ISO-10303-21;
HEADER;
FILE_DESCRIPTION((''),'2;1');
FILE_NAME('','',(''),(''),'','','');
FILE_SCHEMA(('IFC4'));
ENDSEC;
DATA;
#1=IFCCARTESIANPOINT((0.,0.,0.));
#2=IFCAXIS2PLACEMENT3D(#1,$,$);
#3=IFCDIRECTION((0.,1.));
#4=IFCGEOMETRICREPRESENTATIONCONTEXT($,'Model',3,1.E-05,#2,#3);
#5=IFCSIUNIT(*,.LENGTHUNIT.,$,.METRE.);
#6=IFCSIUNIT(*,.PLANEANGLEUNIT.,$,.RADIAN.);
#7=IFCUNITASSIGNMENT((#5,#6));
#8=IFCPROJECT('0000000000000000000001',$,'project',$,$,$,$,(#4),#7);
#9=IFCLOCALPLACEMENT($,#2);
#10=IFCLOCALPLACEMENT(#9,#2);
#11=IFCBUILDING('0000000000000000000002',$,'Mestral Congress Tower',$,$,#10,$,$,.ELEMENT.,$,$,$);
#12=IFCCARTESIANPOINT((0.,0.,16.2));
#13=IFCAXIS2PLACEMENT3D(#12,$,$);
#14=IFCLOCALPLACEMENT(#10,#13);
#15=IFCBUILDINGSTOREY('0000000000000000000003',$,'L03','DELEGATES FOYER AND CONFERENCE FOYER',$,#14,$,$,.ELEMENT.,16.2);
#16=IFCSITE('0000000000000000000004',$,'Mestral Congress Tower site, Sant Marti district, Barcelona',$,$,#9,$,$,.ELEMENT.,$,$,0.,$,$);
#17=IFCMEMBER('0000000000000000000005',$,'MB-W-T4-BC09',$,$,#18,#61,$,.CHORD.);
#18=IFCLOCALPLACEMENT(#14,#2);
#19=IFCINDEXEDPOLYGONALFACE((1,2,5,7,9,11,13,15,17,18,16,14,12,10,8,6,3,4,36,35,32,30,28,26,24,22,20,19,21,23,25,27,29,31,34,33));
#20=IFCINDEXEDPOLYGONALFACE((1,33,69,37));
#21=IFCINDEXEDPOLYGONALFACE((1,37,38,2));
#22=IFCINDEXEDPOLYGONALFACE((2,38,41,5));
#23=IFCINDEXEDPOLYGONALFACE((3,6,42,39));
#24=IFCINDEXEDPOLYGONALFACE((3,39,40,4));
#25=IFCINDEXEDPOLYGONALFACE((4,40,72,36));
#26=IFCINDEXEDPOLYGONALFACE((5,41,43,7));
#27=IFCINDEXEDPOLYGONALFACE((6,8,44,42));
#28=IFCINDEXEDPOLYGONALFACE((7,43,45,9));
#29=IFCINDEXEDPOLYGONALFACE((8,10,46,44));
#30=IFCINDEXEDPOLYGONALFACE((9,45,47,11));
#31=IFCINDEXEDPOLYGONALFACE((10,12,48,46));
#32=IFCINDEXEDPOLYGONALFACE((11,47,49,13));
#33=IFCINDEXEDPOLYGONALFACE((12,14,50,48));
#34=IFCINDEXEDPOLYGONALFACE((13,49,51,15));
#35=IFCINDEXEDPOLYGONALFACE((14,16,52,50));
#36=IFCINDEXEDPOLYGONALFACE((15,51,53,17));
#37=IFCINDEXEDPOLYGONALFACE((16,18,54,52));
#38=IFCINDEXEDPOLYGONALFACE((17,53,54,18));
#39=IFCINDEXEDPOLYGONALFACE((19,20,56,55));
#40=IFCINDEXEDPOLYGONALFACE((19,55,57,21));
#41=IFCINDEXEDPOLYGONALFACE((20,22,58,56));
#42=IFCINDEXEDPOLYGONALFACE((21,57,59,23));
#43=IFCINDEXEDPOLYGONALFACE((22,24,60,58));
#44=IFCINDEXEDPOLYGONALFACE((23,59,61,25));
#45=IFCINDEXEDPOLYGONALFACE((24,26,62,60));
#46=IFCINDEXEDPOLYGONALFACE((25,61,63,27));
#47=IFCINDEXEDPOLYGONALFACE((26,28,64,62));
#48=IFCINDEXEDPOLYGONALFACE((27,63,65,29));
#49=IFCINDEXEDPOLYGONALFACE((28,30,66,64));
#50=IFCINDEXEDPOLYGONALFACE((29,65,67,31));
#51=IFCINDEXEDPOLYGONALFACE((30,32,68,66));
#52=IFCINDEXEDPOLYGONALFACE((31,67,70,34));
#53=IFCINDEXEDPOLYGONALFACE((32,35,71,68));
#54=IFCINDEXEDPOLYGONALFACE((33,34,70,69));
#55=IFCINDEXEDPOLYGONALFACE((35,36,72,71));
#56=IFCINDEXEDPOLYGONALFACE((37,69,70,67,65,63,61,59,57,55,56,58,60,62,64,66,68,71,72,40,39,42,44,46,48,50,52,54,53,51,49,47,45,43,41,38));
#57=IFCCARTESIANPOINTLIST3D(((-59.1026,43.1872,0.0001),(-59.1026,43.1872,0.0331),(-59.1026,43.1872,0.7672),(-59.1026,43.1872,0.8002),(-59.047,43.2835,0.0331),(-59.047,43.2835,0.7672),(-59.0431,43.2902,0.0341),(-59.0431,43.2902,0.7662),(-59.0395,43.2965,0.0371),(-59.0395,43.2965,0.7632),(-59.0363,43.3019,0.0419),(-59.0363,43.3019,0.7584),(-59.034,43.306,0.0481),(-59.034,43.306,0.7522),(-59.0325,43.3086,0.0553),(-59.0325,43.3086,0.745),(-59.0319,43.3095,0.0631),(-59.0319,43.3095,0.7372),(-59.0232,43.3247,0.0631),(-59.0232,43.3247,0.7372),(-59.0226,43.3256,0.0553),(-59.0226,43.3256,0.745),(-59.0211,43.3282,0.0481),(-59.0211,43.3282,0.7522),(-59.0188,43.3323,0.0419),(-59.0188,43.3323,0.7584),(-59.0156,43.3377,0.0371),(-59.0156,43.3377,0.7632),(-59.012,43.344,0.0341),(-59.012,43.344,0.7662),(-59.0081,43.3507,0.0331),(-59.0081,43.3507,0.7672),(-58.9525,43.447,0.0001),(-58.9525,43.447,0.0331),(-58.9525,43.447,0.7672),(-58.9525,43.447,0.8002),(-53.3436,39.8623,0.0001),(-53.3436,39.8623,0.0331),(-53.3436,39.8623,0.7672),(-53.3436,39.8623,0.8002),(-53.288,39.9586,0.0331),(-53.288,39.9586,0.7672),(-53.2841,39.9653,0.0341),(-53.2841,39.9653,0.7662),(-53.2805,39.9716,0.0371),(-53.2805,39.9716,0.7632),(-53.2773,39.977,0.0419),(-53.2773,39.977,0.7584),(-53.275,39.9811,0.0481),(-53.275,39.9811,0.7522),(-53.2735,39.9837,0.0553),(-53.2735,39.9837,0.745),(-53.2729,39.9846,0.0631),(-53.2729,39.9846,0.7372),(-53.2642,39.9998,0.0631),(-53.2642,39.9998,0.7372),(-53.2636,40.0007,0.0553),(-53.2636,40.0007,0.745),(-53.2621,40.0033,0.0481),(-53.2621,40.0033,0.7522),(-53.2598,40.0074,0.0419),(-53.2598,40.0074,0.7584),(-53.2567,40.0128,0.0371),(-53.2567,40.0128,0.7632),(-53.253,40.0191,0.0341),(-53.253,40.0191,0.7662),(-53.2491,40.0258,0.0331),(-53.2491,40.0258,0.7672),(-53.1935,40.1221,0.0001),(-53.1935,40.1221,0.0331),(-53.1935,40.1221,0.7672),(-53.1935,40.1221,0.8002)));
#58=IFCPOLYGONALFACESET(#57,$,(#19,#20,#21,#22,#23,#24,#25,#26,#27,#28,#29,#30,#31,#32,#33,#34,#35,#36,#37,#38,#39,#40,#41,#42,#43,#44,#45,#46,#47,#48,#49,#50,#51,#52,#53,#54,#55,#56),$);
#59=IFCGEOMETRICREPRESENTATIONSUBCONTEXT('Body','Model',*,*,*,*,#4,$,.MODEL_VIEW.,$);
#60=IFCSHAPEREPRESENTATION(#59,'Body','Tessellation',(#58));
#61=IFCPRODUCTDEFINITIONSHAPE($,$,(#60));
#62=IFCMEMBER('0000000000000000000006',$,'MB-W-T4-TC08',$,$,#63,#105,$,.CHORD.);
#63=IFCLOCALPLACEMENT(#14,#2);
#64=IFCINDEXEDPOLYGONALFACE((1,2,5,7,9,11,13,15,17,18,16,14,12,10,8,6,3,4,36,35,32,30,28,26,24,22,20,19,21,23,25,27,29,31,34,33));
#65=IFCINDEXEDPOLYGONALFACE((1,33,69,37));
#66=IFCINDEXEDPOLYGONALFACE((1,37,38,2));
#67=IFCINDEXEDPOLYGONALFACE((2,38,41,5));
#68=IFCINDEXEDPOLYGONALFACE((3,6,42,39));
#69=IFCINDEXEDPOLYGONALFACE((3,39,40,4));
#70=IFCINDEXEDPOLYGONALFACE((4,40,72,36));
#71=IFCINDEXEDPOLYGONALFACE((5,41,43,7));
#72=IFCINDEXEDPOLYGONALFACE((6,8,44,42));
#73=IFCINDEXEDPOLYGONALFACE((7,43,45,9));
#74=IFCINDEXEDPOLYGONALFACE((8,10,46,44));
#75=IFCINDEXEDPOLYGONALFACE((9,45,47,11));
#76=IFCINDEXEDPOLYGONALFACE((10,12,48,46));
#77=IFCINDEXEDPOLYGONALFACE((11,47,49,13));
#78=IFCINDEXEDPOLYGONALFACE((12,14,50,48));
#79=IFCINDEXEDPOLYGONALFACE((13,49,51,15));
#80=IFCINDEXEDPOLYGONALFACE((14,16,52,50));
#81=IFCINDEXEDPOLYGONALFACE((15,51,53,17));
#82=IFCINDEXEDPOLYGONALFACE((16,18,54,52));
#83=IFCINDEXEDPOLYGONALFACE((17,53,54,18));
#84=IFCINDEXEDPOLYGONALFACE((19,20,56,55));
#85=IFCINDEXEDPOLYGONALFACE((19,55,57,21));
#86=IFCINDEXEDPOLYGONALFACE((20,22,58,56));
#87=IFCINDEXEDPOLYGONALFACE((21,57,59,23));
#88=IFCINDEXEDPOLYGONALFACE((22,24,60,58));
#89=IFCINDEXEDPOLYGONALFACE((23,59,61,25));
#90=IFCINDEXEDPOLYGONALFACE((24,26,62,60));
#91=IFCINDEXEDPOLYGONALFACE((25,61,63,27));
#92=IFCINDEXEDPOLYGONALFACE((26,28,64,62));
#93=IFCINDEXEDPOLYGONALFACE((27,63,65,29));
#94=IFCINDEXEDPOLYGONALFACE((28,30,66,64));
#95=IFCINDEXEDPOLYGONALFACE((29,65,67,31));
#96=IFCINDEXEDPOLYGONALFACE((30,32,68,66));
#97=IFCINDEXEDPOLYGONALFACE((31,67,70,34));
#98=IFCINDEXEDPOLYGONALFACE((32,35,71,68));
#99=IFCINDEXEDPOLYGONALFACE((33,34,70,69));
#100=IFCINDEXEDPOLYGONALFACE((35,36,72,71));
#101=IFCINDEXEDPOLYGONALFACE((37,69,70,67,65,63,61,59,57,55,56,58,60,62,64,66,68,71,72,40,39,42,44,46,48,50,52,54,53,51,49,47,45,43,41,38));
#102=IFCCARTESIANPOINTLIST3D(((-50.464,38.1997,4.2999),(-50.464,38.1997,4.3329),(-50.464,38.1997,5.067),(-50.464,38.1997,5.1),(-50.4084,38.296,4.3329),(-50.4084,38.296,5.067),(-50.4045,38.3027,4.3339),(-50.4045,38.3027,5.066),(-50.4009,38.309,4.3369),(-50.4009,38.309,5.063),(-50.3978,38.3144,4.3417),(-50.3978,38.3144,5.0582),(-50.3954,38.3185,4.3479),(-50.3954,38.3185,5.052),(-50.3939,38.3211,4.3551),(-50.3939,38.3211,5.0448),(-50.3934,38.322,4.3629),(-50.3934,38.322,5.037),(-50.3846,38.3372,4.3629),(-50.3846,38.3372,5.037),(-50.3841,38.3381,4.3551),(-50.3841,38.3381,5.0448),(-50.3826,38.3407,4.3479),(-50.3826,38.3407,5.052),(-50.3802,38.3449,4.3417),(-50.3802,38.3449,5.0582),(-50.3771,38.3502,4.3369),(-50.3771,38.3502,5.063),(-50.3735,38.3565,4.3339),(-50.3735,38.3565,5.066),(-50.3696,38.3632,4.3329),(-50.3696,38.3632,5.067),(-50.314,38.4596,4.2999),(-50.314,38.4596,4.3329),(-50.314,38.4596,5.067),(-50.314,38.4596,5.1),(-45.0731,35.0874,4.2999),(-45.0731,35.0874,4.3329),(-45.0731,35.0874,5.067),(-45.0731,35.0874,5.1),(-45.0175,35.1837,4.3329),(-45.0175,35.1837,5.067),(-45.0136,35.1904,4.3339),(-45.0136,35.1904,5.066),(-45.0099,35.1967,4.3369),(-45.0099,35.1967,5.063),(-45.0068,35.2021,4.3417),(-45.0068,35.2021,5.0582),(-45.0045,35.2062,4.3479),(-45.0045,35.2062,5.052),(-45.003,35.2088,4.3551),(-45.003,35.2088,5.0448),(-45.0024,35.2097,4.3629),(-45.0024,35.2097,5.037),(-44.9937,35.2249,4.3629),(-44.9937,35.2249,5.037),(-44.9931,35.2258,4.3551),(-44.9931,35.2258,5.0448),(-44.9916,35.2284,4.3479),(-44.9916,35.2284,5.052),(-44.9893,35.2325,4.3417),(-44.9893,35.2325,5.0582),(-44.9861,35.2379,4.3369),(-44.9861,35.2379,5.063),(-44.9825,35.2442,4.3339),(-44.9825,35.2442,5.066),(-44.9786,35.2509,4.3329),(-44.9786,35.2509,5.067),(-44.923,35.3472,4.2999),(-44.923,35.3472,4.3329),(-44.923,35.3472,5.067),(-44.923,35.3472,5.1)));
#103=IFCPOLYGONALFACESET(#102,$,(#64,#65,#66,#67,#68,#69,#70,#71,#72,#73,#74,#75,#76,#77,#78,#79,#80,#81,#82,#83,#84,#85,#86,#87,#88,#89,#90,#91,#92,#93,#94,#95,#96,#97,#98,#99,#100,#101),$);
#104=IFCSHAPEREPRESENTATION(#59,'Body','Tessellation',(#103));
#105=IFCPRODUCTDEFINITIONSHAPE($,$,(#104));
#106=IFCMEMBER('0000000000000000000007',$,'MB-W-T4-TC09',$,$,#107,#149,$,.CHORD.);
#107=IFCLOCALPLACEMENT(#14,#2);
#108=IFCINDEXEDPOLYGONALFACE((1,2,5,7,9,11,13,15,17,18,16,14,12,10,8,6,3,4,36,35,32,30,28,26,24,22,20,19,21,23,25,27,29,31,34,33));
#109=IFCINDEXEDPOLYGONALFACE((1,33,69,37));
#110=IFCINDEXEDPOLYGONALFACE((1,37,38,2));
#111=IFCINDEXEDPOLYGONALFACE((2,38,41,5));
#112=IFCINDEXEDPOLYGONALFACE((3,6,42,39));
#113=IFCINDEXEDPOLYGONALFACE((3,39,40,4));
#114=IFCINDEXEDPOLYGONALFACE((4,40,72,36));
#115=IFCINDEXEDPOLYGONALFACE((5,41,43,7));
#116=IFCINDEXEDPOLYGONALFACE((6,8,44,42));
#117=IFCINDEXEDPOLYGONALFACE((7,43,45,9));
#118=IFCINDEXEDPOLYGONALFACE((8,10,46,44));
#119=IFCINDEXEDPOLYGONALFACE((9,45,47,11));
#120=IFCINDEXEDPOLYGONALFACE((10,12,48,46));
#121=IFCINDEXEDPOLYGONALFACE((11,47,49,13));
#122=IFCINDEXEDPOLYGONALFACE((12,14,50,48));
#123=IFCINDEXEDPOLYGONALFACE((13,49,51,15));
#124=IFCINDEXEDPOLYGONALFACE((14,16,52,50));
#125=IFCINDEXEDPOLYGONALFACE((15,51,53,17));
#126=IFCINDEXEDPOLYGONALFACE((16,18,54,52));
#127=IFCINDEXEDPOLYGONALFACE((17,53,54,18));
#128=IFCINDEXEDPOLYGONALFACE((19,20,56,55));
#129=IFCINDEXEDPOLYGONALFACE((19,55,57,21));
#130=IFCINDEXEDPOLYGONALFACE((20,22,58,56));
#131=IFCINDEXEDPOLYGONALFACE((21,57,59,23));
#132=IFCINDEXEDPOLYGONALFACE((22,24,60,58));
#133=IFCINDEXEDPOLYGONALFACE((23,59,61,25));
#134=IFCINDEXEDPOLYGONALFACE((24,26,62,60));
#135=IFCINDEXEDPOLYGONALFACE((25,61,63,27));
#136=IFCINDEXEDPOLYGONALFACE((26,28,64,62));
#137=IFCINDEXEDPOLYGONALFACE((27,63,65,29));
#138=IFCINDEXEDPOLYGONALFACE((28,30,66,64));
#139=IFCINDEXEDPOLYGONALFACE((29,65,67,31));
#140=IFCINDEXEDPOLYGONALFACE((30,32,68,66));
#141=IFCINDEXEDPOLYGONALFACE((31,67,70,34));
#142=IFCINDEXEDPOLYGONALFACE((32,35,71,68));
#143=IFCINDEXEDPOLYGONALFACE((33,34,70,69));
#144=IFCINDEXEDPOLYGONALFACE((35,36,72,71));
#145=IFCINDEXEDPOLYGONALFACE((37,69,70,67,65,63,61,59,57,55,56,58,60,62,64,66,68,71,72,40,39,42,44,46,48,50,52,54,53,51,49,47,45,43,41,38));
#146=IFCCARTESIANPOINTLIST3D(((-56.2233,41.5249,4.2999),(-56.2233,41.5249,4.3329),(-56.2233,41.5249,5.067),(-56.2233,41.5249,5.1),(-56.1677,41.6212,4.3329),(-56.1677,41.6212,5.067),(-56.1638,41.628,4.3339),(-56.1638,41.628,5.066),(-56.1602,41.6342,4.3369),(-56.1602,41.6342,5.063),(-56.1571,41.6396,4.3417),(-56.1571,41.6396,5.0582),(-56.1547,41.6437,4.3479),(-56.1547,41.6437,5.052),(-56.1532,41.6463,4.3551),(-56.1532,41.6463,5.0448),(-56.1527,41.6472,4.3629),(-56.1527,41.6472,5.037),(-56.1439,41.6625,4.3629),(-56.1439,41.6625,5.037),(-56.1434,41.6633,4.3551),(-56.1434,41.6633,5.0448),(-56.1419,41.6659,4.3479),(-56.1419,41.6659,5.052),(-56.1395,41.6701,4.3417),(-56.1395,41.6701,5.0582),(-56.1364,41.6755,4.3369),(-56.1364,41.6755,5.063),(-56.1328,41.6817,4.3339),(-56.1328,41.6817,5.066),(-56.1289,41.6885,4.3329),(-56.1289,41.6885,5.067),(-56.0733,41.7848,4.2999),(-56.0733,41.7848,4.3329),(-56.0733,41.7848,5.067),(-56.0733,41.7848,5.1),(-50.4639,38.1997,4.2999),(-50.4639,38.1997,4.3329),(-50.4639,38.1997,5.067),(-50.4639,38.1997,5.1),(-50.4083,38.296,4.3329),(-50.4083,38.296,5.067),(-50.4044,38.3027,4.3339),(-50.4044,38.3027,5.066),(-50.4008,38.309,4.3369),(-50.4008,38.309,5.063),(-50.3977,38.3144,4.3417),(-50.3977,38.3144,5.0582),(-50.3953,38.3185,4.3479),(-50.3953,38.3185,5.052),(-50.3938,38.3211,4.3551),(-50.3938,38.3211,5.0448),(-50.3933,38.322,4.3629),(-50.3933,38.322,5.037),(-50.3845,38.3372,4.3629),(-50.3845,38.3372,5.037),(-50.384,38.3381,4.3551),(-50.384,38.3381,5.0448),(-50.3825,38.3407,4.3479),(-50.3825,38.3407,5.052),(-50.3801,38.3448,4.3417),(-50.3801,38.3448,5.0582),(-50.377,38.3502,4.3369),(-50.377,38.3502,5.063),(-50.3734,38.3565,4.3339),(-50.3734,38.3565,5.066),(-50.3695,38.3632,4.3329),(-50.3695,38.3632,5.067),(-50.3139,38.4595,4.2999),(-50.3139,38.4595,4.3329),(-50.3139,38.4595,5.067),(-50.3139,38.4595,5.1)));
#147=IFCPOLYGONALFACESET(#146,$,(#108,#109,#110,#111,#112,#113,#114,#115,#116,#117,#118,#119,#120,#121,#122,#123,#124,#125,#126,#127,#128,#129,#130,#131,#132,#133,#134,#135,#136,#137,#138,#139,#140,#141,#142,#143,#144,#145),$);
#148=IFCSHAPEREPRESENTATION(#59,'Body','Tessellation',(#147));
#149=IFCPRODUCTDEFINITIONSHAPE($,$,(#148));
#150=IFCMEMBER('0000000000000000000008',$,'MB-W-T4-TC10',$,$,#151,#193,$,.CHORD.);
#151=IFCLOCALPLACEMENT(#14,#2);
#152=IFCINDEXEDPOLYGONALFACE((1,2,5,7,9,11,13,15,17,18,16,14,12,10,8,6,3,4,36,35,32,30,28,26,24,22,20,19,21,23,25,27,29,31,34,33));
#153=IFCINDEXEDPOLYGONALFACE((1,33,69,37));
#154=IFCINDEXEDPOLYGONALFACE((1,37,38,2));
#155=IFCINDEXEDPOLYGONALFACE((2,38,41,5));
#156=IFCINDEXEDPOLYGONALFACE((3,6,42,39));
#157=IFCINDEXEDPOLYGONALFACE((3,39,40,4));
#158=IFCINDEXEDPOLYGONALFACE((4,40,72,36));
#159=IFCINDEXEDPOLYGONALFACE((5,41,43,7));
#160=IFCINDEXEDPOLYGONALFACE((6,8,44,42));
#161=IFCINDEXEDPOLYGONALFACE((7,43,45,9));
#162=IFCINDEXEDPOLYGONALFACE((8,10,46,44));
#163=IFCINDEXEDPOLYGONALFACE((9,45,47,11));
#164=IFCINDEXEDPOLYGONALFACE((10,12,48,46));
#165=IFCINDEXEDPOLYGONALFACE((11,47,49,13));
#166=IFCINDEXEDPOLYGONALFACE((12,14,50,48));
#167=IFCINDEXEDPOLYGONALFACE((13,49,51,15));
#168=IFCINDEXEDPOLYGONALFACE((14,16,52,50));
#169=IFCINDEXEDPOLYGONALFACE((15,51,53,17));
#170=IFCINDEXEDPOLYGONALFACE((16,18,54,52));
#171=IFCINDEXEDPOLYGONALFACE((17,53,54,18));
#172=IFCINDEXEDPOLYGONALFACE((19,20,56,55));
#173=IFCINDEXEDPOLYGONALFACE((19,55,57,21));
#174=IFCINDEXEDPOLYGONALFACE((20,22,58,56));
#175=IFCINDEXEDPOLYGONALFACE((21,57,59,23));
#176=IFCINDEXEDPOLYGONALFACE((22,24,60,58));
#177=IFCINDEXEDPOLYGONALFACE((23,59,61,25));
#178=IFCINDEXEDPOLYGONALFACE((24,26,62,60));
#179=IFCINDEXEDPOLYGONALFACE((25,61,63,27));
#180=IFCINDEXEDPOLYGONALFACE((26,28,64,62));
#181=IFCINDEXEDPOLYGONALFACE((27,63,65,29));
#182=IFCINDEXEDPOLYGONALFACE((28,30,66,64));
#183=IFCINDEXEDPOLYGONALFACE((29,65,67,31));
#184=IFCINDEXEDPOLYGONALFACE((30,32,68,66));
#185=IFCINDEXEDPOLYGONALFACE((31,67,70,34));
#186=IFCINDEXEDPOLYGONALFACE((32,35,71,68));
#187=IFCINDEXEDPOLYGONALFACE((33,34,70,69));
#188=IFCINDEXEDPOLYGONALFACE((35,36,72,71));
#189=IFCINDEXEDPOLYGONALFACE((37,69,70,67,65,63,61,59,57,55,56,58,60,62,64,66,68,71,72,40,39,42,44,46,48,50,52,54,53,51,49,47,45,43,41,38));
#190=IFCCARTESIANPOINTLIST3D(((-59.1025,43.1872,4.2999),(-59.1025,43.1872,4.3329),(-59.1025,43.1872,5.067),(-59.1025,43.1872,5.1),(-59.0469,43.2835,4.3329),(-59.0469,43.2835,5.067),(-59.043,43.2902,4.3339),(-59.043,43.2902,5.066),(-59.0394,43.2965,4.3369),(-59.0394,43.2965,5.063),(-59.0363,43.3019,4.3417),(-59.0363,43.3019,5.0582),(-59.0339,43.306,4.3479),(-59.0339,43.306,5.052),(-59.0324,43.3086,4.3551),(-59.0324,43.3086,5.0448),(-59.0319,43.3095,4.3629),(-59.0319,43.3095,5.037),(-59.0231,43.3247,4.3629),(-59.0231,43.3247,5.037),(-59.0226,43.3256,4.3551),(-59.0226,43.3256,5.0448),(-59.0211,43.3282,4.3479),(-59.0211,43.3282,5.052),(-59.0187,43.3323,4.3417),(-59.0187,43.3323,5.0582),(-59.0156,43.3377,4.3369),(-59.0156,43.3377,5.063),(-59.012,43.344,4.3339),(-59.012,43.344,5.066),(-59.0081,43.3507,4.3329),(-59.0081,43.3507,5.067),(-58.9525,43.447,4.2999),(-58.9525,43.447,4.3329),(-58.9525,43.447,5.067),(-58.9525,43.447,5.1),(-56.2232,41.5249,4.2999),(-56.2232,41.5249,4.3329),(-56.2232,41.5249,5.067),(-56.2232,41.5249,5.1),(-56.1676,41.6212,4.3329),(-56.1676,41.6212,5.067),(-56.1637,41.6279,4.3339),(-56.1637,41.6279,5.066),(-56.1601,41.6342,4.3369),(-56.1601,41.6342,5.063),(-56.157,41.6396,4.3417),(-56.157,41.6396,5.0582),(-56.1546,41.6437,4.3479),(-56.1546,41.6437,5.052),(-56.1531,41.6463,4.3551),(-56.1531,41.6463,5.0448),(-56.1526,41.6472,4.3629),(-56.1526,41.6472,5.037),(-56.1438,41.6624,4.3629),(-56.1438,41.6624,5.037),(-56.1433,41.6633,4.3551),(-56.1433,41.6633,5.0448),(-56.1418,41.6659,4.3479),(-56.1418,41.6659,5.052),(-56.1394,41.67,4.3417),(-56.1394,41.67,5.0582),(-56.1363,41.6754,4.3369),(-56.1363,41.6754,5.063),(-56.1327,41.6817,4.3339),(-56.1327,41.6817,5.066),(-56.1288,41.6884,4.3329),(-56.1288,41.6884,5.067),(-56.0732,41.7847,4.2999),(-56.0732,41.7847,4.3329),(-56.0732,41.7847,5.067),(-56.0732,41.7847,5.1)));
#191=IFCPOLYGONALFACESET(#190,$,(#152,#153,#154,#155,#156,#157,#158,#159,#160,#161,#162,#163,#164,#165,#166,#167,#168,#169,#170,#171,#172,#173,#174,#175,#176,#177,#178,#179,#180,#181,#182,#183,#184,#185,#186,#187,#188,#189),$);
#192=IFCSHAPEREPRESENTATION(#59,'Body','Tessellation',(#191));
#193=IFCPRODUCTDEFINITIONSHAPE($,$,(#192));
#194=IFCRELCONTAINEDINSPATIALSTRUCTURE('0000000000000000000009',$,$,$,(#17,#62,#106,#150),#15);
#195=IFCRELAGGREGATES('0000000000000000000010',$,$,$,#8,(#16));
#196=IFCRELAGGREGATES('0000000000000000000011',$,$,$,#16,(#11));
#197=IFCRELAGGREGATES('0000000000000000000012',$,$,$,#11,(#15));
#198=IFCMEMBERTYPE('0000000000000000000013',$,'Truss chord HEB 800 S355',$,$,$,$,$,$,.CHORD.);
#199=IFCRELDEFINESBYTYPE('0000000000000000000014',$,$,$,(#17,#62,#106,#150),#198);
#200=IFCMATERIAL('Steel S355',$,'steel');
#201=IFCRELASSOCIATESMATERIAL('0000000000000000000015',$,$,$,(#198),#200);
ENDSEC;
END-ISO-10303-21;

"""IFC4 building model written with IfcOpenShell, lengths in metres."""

from ifc_helpers import new_model, si_unit, direction, frame, origin, origin_2d, place, context, subcontext, project, spatial, i_section, extrude, material, material_profile, profile_set, type_object, element, save


model = new_model("IFC4")

# Units and contexts
model_context = context("Model", 3, precision=1e-05, world=origin(), true_north=direction((0.0, 1.0)))
body_context = subcontext(model_context, "Body", "Model", "MODEL_VIEW")
ifc_project = project(units=[si_unit("LENGTHUNIT", "METRE"), si_unit("PLANEANGLEUNIT", "RADIAN")], contexts=[model_context])

# Site, building, storey
site_placement = place(None, origin())
site = spatial("IfcSite", under=ifc_project, at=site_placement, Name="Mestral Congress Tower site, Sant Marti district, Barcelona", CompositionType="ELEMENT", RefElevation=0.0)
building_placement = place(site_placement, origin())
building = spatial("IfcBuilding", under=site, at=building_placement, Name="Mestral Congress Tower", CompositionType="ELEMENT")
storey_placement = place(building_placement, frame((0.0, 0.0, 16.2)))
storey = spatial("IfcBuildingStorey", under=building, at=storey_placement, Name="L03", Description="DELEGATES FOYER AND CONFERENCE FOYER", CompositionType="ELEMENT", Elevation=16.2)

# Members
ifc_material_1 = material(Name="Steel S355", Category="steel")
ifc_material_profile_1 = material_profile(ifc_material_1, i_section(OverallWidth=0.3, OverallDepth=0.8, WebThickness=0.0176, FlangeThickness=0.033, FilletRadius=0.03, at=origin_2d()), Name="HEB 800")
ifc_profile_set_1 = profile_set([ifc_material_profile_1], Name="Steel S355")
member_type_1 = type_object("IfcMemberType", Name="Truss chord HEB 800 S355", PredefinedType="CHORD", material=ifc_profile_set_1)
for number, where, z_axis, x_axis, name in (
    (1, (-53.2686, 39.9922, 0.4001), (-0.866027, 0.499997, 0.0), (-0.499997, -0.866027, 0.0), "MB-W-T4-BC09"),
):
    element("IfcMember", number, at=place(storey_placement, frame(where, z_axis=z_axis, x_axis=x_axis)), inside=storey, type_object=member_type_1, Name=name, PredefinedType="CHORD", context=body_context, shape_type="SweptSolid", body=[
        extrude(i_section(OverallWidth=0.3, OverallDepth=0.8, WebThickness=0.0176, FlangeThickness=0.033, FilletRadius=0.03, at=origin_2d()), origin(), (0.0, 0.0, 1.0), 6.6499),
    ])
member_1_placement = place(storey_placement, frame((-44.998, 35.2173, 4.7), z_axis=(-0.866033, 0.499986, 0.0), x_axis=(-0.499986, -0.866033, 0.0)))
element("IfcMember", 2, at=member_1_placement, inside=storey, type_object=member_type_1, Name="MB-W-T4-TC08", PredefinedType="CHORD", context=body_context, shape_type="SweptSolid", body=[
    extrude(i_section(OverallWidth=0.3, OverallDepth=0.8, WebThickness=0.0176, FlangeThickness=0.033, FilletRadius=0.03, at=origin_2d()), origin(), (0.0, 0.0, 1.0), 6.2249),
])
member_2_placement = place(storey_placement, frame((-50.3889, 38.3296, 4.7), z_axis=(-0.866021, 0.500008, 0.0), x_axis=(-0.500008, -0.866021, 0.0)))
element("IfcMember", 3, at=member_2_placement, inside=storey, type_object=member_type_1, Name="MB-W-T4-TC09", PredefinedType="CHORD", context=body_context, shape_type="SweptSolid", body=[
    extrude(i_section(OverallWidth=0.3, OverallDepth=0.8, WebThickness=0.0176, FlangeThickness=0.033, FilletRadius=0.03, at=origin_2d()), origin(), (0.0, 0.0, 1.0), 6.6504),
])
member_3_placement = place(storey_placement, frame((-56.1482, 41.6548, 4.7), z_axis=(-0.866034, 0.499985, 0.0), x_axis=(-0.499985, -0.866034, 0.0)))
element("IfcMember", 4, at=member_3_placement, inside=storey, type_object=member_type_1, Name="MB-W-T4-TC10", PredefinedType="CHORD", context=body_context, shape_type="SweptSolid", body=[
    extrude(i_section(OverallWidth=0.3, OverallDepth=0.8, WebThickness=0.0176, FlangeThickness=0.033, FilletRadius=0.03, at=origin_2d()), origin(), (0.0, 0.0, 1.0), 3.3247),
])

save(model, "model.ifc")
